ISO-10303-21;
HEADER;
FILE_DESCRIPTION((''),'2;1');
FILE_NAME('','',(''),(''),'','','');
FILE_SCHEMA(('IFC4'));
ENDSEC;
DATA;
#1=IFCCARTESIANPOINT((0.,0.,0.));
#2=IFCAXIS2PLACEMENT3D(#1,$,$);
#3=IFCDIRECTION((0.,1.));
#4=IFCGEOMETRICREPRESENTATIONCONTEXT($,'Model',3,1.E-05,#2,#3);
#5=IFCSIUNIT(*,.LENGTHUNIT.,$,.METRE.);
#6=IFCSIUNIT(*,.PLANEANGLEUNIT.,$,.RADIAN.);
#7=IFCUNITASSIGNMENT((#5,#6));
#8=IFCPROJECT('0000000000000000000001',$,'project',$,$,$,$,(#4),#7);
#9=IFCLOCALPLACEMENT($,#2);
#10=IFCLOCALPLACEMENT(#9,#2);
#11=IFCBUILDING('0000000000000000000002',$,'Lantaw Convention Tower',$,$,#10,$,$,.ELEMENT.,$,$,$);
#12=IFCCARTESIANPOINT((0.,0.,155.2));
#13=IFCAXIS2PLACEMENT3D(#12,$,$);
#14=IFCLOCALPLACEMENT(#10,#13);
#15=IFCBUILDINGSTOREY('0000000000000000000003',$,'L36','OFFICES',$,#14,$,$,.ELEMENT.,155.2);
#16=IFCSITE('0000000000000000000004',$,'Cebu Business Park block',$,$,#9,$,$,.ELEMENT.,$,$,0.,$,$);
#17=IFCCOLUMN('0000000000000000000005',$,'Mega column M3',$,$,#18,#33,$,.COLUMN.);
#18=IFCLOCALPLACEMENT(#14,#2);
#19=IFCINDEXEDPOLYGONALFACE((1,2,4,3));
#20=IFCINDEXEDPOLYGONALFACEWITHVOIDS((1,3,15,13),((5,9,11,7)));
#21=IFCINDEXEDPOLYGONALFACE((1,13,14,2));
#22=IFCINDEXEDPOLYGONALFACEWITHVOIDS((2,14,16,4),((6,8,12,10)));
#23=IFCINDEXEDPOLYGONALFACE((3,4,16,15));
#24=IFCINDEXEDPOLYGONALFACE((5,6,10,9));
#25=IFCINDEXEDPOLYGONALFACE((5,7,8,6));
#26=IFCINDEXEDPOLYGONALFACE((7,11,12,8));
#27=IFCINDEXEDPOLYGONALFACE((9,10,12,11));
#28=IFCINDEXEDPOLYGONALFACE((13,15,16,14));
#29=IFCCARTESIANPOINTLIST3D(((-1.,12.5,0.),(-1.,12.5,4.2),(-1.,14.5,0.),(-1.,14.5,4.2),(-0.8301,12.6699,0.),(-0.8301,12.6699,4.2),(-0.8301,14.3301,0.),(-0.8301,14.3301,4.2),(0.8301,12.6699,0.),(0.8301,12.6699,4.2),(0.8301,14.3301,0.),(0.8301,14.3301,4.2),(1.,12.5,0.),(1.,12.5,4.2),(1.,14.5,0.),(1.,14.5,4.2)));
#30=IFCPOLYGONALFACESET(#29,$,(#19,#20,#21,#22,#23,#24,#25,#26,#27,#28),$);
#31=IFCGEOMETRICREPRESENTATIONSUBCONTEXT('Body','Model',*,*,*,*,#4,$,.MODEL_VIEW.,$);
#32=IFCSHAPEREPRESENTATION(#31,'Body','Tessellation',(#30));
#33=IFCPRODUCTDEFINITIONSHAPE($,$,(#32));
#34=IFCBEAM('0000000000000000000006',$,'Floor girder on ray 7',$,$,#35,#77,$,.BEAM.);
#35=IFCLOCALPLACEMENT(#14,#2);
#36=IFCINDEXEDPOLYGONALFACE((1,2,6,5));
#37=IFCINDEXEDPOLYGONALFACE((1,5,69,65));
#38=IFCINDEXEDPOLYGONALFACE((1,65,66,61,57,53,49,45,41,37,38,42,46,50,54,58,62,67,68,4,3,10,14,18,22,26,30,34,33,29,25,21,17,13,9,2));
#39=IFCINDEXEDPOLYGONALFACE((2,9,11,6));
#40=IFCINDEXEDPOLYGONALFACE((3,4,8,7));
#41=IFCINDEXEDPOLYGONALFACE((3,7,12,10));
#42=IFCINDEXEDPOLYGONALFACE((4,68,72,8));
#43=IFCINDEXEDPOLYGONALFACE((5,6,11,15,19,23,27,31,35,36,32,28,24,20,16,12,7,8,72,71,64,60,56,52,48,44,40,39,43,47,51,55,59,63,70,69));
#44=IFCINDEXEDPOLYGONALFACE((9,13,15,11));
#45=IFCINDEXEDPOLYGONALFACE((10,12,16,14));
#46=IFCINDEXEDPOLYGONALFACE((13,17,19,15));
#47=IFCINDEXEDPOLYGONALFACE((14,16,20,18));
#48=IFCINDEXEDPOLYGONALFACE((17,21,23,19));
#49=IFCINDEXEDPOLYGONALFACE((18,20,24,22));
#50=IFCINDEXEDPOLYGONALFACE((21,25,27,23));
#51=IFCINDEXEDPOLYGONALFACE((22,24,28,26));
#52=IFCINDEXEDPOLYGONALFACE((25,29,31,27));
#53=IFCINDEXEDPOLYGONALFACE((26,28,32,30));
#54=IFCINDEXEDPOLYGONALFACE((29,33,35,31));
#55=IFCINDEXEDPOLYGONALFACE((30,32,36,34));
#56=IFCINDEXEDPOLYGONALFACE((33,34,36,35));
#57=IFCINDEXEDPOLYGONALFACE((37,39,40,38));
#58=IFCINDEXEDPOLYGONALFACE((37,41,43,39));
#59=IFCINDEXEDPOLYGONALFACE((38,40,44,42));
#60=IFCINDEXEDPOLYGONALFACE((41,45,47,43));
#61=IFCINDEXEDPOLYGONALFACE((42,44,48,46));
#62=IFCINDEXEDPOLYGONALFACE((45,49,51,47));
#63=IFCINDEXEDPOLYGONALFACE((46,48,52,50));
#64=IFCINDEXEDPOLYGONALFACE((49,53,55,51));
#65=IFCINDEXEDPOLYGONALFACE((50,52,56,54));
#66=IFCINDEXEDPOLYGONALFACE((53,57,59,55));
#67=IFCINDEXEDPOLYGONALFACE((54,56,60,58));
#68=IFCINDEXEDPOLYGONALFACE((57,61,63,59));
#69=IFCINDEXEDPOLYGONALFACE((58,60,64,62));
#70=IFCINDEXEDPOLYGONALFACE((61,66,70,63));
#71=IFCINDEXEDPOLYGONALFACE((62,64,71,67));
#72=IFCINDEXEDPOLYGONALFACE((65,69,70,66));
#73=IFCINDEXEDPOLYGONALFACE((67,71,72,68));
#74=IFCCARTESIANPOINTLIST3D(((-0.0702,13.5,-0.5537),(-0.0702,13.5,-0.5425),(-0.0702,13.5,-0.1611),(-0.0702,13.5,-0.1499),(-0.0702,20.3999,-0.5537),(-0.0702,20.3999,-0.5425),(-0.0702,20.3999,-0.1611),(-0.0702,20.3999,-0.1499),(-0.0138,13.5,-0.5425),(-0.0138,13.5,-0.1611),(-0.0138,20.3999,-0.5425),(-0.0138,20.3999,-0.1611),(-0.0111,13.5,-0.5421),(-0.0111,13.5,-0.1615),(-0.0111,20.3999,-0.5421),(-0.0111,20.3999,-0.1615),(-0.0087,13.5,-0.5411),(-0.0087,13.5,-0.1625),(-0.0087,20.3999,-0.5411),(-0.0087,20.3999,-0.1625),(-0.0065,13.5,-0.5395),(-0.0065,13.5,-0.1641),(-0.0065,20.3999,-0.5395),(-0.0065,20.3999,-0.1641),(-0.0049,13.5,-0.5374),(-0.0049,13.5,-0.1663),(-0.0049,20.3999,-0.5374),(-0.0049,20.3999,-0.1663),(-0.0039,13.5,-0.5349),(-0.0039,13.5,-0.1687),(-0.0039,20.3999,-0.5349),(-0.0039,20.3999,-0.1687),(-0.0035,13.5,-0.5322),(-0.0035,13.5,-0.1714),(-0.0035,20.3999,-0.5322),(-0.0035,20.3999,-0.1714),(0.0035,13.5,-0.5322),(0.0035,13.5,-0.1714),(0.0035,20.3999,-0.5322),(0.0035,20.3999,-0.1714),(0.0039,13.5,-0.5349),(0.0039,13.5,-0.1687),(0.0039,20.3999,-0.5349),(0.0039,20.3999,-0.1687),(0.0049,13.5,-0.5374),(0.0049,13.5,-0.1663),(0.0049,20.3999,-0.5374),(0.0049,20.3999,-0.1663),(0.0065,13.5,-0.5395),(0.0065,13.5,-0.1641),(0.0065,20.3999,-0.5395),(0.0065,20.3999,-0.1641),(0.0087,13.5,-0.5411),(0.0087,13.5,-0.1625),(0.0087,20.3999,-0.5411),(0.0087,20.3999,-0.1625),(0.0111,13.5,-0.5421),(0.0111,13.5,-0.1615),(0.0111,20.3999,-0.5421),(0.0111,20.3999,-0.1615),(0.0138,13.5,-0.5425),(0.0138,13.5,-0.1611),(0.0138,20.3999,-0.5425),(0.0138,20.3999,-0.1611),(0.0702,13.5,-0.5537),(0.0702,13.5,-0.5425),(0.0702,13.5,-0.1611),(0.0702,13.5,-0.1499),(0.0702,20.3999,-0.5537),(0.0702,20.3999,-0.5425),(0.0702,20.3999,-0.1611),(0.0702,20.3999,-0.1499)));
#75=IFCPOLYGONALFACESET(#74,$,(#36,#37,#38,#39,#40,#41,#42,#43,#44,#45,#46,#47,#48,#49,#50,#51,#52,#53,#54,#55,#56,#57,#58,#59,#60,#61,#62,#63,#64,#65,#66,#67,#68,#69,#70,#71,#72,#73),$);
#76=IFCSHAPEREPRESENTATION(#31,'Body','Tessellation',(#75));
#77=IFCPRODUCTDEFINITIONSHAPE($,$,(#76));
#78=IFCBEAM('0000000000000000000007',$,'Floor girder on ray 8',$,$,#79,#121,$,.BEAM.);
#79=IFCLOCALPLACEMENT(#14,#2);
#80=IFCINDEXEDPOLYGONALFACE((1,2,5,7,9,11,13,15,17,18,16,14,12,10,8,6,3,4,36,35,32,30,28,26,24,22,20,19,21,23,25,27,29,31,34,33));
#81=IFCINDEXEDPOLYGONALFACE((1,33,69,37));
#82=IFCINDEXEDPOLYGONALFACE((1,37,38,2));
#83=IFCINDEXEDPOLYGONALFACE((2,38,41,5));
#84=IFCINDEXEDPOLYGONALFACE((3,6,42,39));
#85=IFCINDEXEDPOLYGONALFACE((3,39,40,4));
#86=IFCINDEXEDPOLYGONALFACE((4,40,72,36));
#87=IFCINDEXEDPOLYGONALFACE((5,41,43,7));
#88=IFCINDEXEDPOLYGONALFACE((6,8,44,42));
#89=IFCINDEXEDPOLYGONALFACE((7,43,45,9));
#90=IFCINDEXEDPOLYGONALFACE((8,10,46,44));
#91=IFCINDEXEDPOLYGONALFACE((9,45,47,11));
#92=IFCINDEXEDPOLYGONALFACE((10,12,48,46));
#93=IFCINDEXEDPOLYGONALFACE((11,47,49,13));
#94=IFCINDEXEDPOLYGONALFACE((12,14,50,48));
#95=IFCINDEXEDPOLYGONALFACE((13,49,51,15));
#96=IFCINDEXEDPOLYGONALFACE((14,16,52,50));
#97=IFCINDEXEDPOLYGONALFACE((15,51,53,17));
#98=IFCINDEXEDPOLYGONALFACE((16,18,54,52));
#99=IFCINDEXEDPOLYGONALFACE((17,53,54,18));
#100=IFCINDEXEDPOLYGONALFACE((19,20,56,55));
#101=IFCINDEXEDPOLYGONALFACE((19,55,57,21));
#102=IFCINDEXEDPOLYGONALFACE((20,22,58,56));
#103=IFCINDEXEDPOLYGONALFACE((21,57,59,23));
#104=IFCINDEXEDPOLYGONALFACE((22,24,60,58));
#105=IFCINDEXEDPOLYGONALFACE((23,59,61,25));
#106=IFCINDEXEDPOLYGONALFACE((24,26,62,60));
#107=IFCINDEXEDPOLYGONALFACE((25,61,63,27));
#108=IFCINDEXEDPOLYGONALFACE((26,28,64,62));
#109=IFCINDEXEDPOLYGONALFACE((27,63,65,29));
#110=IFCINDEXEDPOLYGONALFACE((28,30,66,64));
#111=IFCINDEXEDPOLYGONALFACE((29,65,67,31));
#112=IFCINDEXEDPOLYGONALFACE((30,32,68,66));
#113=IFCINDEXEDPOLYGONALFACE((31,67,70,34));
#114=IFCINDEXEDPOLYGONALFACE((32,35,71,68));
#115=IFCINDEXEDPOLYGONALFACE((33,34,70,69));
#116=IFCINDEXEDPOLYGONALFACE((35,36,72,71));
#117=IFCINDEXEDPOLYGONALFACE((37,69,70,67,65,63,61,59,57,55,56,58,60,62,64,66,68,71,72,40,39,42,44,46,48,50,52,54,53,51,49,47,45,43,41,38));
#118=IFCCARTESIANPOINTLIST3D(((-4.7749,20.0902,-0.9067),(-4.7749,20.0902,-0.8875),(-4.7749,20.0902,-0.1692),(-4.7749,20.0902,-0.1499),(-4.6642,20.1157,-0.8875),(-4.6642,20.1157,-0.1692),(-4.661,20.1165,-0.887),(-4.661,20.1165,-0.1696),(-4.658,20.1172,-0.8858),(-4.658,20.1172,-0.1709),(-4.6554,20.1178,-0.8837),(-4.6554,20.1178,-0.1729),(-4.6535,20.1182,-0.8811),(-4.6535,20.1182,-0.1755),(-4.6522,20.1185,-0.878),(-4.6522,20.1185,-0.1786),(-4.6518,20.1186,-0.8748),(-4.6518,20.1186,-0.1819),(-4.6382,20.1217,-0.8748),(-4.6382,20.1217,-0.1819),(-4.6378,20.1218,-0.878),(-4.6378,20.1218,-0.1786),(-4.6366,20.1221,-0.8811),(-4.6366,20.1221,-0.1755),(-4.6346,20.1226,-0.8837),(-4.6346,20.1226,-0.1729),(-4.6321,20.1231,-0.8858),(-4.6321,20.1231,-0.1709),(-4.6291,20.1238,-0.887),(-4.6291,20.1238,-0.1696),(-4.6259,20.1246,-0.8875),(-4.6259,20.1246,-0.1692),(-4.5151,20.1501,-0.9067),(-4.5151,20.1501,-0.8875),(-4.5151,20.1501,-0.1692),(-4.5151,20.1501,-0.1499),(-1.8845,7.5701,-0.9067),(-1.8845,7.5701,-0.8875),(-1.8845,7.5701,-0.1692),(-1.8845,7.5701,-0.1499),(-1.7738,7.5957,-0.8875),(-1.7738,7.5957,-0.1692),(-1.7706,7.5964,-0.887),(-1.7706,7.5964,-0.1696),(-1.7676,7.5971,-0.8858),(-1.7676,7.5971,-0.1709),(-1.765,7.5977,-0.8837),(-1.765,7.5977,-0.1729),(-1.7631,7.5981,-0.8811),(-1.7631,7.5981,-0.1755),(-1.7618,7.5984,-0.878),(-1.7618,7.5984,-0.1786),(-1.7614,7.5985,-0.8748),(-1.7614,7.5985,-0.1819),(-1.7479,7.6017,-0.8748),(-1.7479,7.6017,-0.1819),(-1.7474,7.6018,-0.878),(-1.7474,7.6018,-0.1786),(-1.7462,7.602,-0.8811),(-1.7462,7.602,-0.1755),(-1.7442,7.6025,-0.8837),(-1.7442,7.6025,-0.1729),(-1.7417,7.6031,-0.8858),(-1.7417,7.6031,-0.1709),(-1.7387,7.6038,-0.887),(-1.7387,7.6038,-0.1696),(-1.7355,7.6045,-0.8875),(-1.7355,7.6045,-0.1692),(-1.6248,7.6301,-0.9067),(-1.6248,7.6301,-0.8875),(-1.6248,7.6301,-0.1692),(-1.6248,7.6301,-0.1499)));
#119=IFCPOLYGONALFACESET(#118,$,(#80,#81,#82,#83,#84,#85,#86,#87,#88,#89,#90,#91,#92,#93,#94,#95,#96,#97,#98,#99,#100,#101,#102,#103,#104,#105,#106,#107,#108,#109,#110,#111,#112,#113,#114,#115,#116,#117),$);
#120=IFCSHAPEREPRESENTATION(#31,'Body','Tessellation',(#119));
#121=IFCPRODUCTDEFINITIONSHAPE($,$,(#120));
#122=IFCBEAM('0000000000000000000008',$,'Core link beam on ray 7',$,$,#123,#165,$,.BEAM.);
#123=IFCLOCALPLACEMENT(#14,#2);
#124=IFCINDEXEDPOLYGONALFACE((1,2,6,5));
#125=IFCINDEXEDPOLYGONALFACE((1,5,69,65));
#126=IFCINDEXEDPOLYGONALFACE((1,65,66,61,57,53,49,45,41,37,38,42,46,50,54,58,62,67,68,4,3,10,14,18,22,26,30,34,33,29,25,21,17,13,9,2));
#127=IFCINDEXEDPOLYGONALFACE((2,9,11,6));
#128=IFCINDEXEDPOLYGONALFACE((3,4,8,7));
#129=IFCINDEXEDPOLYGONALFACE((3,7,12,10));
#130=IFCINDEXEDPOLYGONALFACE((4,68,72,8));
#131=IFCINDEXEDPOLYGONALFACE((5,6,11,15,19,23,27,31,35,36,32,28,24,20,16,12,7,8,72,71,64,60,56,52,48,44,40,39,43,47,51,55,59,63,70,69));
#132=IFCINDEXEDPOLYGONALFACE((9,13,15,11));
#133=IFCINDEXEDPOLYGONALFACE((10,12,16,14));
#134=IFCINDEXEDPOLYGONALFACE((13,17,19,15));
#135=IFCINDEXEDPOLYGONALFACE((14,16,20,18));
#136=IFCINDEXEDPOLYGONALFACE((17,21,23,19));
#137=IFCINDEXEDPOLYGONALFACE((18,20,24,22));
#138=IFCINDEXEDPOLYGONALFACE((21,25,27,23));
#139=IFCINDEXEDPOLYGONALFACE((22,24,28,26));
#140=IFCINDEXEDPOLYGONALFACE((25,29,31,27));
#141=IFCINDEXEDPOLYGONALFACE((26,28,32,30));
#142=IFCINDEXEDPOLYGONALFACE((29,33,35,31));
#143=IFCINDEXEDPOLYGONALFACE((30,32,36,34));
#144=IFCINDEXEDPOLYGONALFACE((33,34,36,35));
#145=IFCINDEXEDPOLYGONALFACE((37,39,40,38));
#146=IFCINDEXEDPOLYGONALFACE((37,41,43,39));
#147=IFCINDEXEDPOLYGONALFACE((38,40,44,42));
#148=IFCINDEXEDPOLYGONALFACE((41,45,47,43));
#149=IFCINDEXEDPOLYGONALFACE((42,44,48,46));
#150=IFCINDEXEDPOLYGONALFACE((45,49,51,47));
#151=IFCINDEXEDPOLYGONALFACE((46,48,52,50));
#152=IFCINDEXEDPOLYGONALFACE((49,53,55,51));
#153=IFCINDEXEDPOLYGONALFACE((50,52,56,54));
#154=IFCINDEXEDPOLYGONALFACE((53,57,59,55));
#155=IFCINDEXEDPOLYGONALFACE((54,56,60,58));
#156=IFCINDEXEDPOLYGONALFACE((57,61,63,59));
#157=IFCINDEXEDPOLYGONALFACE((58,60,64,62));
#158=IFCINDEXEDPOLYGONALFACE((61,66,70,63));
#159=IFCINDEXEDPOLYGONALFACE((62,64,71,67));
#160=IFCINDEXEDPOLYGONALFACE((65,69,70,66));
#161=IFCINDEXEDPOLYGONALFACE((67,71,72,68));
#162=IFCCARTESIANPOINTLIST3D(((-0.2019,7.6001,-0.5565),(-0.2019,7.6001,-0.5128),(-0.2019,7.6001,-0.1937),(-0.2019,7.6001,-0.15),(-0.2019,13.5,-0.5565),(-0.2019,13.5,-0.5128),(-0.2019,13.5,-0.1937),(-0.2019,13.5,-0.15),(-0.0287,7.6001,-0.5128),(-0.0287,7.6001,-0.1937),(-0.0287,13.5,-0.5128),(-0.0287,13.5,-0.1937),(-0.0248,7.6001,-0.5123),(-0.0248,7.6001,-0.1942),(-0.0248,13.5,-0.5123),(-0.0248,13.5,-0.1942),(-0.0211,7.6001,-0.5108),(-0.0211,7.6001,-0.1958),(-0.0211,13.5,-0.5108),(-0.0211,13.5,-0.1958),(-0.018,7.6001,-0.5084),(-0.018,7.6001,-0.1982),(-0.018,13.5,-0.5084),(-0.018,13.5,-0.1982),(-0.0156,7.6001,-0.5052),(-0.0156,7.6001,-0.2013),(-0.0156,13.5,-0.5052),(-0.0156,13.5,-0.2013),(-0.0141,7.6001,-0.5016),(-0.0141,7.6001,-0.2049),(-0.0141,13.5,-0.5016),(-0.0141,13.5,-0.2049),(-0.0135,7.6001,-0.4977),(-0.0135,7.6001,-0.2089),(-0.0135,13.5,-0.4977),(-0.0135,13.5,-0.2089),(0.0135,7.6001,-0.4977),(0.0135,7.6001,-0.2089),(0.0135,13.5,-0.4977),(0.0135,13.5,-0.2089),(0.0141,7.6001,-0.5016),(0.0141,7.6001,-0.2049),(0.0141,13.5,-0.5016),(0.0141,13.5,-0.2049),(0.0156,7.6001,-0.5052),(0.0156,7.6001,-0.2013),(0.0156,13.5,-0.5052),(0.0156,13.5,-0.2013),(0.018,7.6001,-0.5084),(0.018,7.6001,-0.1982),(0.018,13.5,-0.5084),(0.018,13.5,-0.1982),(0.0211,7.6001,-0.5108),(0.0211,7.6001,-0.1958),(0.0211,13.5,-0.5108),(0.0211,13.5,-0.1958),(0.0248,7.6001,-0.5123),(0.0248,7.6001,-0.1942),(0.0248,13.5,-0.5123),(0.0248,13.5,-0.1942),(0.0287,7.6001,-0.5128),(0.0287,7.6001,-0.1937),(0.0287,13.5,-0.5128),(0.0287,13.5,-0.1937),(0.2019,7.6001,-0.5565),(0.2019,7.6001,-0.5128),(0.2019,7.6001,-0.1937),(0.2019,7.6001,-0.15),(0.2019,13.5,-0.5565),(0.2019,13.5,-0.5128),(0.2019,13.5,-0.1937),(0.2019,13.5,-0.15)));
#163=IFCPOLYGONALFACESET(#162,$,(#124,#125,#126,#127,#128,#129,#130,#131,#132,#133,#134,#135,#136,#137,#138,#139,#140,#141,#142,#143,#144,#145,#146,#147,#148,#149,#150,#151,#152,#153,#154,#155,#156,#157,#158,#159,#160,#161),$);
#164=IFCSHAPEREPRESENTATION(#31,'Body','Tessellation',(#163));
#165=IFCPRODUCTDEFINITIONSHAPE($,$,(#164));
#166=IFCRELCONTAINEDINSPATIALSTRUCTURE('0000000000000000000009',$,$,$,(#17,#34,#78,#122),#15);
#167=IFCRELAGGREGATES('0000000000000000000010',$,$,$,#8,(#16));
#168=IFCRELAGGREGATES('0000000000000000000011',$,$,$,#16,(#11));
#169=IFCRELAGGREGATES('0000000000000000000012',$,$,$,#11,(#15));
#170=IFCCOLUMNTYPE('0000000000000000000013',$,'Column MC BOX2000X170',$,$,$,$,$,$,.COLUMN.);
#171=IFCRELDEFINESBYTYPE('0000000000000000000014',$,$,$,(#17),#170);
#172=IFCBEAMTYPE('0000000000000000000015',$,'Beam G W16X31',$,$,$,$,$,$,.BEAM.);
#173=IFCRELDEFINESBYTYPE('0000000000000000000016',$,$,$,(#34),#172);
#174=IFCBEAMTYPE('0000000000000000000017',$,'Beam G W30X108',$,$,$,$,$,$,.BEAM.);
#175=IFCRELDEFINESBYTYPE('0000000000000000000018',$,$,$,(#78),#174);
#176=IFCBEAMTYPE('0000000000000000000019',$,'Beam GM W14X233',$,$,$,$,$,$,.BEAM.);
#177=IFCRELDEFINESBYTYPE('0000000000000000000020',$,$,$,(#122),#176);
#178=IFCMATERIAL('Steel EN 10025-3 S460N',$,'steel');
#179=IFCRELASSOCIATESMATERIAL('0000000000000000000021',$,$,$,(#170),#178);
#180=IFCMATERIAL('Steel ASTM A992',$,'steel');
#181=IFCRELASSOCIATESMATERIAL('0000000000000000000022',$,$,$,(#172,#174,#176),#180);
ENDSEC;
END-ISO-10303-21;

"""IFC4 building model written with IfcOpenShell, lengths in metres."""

from ifc_helpers import new_model, si_unit, direction, frame, origin, origin_2d, place, context, subcontext, project, spatial, rectangle, hollow_rectangle, i_section, extrude, material, material_profile, profile_set, type_object, element, save


model = new_model("IFC4")

# Units and contexts
model_context = context("Model", 3, precision=1e-05, world=origin(), true_north=direction((0.0, 1.0)))
body_context = subcontext(model_context, "Body", "Model", "MODEL_VIEW")
ifc_project = project(units=[si_unit("LENGTHUNIT", "METRE"), si_unit("PLANEANGLEUNIT", "RADIAN")], contexts=[model_context])

# Site, building, storey
site_placement = place(None, origin())
site = spatial("IfcSite", under=ifc_project, at=site_placement, Name="Cebu Business Park block", CompositionType="ELEMENT", RefElevation=0.0)
building_placement = place(site_placement, origin())
building = spatial("IfcBuilding", under=site, at=building_placement, Name="Lantaw Convention Tower", CompositionType="ELEMENT")
storey_placement = place(building_placement, frame((0.0, 0.0, 155.2)))
storey = spatial("IfcBuildingStorey", under=building, at=storey_placement, Name="L36", Description="OFFICES", CompositionType="ELEMENT", Elevation=155.2)

# Column
ifc_material_1 = material(Name="Steel EN 10025-3 S460N", Category="steel")
ifc_material_profile_1 = material_profile(ifc_material_1, hollow_rectangle(XDim=2.0, YDim=2.0, WallThickness=0.1699, at=origin_2d()), Name="BOX2000X170")
ifc_material_2 = material(Name="Concrete C60/75", Category="concrete")
ifc_material_profile_2 = material_profile(ifc_material_2, rectangle(XDim=1.6599, YDim=1.6599, at=origin_2d()), Name="Concrete fill of BOX2000X170")
ifc_profile_set_1 = profile_set([ifc_material_profile_1, ifc_material_profile_2], Name="Steel EN 10025-3 S460N")
column_type = type_object("IfcColumnType", Name="Column MC BOX2000X170", PredefinedType="COLUMN", material=ifc_profile_set_1)
column_placement = place(storey_placement, frame((0.0, 13.5, 0.0), z_axis=(0.0, 0.0, 1.0), x_axis=(1.0, 0.0, 0.0)))
element("IfcColumn", 1, at=column_placement, inside=storey, type_object=column_type, Name="Mega column M3", PredefinedType="COLUMN", context=body_context, shape_type="SweptSolid", body=[
    extrude(hollow_rectangle(XDim=2.0, YDim=2.0, WallThickness=0.1699, at=origin_2d()), origin(), (0.0, 0.0, 1.0), 4.2),
])

# Beams
ifc_material_3 = material(Name="Steel ASTM A992", Category="steel")
ifc_material_profile_3 = material_profile(ifc_material_3, i_section(OverallWidth=0.1404, OverallDepth=0.4038, WebThickness=0.0071, FlangeThickness=0.0112, FilletRadius=0.0103, at=origin_2d()), Name="W16X31")
ifc_profile_set_2 = profile_set([ifc_material_profile_3], Name="Steel ASTM A992")
beam_type_1 = type_object("IfcBeamType", Name="Beam G W16X31", PredefinedType="BEAM", material=ifc_profile_set_2)
beam_1_placement = place(storey_placement, frame((0.0, 13.5, -0.3518), z_axis=(0.0, 1.0, 0.0), x_axis=(-1.0, 0.0, 0.0)))
element("IfcBeam", 2, at=beam_1_placement, inside=storey, type_object=beam_type_1, Name="Floor girder on ray 7", PredefinedType="BEAM", context=body_context, shape_type="SweptSolid", body=[
    extrude(i_section(OverallWidth=0.1404, OverallDepth=0.4038, WebThickness=0.0071, FlangeThickness=0.0112, FilletRadius=0.0103, at=origin_2d()), origin(), (0.0, 0.0, 1.0), 6.8999),
])
ifc_material_profile_4 = material_profile(ifc_material_3, i_section(OverallWidth=0.2666, OverallDepth=0.7568, WebThickness=0.0139, FlangeThickness=0.0193, FilletRadius=0.0127, at=origin_2d()), Name="W30X108")
ifc_profile_set_3 = profile_set([ifc_material_profile_4], Name="Steel ASTM A992")
beam_type_2 = type_object("IfcBeamType", Name="Beam G W30X108", PredefinedType="BEAM", material=ifc_profile_set_3)
beam_2_placement = place(storey_placement, frame((-1.7546, 7.6001, -0.5283), z_axis=(-0.224944, 0.974372, 0.0), x_axis=(-0.974372, -0.224944, 0.0)))
element("IfcBeam", 3, at=beam_2_placement, inside=storey, type_object=beam_type_2, Name="Floor girder on ray 8", PredefinedType="BEAM", context=body_context, shape_type="SweptSolid", body=[
    extrude(i_section(OverallWidth=0.2666, OverallDepth=0.7568, WebThickness=0.0139, FlangeThickness=0.0193, FilletRadius=0.0127, at=origin_2d()), origin(), (0.0, 0.0, 1.0), 12.8494),
])
ifc_material_profile_5 = material_profile(ifc_material_3, i_section(OverallWidth=0.4038, OverallDepth=0.4065, WebThickness=0.0271, FlangeThickness=0.0437, FilletRadius=0.0151, at=origin_2d()), Name="W14X233")
ifc_profile_set_4 = profile_set([ifc_material_profile_5], Name="Steel ASTM A992")
beam_type_3 = type_object("IfcBeamType", Name="Beam GM W14X233", PredefinedType="BEAM", material=ifc_profile_set_4)
beam_3_placement = place(storey_placement, frame((0.0, 7.6001, -0.3533), z_axis=(0.0, 1.0, 0.0), x_axis=(-1.0, 0.0, 0.0)))
element("IfcBeam", 4, at=beam_3_placement, inside=storey, type_object=beam_type_3, Name="Core link beam on ray 7", PredefinedType="BEAM", context=body_context, shape_type="SweptSolid", body=[
    extrude(i_section(OverallWidth=0.4038, OverallDepth=0.4065, WebThickness=0.0271, FlangeThickness=0.0437, FilletRadius=0.0151, at=origin_2d()), origin(), (0.0, 0.0, 1.0), 5.8999),
])

save(model, "model.ifc")
